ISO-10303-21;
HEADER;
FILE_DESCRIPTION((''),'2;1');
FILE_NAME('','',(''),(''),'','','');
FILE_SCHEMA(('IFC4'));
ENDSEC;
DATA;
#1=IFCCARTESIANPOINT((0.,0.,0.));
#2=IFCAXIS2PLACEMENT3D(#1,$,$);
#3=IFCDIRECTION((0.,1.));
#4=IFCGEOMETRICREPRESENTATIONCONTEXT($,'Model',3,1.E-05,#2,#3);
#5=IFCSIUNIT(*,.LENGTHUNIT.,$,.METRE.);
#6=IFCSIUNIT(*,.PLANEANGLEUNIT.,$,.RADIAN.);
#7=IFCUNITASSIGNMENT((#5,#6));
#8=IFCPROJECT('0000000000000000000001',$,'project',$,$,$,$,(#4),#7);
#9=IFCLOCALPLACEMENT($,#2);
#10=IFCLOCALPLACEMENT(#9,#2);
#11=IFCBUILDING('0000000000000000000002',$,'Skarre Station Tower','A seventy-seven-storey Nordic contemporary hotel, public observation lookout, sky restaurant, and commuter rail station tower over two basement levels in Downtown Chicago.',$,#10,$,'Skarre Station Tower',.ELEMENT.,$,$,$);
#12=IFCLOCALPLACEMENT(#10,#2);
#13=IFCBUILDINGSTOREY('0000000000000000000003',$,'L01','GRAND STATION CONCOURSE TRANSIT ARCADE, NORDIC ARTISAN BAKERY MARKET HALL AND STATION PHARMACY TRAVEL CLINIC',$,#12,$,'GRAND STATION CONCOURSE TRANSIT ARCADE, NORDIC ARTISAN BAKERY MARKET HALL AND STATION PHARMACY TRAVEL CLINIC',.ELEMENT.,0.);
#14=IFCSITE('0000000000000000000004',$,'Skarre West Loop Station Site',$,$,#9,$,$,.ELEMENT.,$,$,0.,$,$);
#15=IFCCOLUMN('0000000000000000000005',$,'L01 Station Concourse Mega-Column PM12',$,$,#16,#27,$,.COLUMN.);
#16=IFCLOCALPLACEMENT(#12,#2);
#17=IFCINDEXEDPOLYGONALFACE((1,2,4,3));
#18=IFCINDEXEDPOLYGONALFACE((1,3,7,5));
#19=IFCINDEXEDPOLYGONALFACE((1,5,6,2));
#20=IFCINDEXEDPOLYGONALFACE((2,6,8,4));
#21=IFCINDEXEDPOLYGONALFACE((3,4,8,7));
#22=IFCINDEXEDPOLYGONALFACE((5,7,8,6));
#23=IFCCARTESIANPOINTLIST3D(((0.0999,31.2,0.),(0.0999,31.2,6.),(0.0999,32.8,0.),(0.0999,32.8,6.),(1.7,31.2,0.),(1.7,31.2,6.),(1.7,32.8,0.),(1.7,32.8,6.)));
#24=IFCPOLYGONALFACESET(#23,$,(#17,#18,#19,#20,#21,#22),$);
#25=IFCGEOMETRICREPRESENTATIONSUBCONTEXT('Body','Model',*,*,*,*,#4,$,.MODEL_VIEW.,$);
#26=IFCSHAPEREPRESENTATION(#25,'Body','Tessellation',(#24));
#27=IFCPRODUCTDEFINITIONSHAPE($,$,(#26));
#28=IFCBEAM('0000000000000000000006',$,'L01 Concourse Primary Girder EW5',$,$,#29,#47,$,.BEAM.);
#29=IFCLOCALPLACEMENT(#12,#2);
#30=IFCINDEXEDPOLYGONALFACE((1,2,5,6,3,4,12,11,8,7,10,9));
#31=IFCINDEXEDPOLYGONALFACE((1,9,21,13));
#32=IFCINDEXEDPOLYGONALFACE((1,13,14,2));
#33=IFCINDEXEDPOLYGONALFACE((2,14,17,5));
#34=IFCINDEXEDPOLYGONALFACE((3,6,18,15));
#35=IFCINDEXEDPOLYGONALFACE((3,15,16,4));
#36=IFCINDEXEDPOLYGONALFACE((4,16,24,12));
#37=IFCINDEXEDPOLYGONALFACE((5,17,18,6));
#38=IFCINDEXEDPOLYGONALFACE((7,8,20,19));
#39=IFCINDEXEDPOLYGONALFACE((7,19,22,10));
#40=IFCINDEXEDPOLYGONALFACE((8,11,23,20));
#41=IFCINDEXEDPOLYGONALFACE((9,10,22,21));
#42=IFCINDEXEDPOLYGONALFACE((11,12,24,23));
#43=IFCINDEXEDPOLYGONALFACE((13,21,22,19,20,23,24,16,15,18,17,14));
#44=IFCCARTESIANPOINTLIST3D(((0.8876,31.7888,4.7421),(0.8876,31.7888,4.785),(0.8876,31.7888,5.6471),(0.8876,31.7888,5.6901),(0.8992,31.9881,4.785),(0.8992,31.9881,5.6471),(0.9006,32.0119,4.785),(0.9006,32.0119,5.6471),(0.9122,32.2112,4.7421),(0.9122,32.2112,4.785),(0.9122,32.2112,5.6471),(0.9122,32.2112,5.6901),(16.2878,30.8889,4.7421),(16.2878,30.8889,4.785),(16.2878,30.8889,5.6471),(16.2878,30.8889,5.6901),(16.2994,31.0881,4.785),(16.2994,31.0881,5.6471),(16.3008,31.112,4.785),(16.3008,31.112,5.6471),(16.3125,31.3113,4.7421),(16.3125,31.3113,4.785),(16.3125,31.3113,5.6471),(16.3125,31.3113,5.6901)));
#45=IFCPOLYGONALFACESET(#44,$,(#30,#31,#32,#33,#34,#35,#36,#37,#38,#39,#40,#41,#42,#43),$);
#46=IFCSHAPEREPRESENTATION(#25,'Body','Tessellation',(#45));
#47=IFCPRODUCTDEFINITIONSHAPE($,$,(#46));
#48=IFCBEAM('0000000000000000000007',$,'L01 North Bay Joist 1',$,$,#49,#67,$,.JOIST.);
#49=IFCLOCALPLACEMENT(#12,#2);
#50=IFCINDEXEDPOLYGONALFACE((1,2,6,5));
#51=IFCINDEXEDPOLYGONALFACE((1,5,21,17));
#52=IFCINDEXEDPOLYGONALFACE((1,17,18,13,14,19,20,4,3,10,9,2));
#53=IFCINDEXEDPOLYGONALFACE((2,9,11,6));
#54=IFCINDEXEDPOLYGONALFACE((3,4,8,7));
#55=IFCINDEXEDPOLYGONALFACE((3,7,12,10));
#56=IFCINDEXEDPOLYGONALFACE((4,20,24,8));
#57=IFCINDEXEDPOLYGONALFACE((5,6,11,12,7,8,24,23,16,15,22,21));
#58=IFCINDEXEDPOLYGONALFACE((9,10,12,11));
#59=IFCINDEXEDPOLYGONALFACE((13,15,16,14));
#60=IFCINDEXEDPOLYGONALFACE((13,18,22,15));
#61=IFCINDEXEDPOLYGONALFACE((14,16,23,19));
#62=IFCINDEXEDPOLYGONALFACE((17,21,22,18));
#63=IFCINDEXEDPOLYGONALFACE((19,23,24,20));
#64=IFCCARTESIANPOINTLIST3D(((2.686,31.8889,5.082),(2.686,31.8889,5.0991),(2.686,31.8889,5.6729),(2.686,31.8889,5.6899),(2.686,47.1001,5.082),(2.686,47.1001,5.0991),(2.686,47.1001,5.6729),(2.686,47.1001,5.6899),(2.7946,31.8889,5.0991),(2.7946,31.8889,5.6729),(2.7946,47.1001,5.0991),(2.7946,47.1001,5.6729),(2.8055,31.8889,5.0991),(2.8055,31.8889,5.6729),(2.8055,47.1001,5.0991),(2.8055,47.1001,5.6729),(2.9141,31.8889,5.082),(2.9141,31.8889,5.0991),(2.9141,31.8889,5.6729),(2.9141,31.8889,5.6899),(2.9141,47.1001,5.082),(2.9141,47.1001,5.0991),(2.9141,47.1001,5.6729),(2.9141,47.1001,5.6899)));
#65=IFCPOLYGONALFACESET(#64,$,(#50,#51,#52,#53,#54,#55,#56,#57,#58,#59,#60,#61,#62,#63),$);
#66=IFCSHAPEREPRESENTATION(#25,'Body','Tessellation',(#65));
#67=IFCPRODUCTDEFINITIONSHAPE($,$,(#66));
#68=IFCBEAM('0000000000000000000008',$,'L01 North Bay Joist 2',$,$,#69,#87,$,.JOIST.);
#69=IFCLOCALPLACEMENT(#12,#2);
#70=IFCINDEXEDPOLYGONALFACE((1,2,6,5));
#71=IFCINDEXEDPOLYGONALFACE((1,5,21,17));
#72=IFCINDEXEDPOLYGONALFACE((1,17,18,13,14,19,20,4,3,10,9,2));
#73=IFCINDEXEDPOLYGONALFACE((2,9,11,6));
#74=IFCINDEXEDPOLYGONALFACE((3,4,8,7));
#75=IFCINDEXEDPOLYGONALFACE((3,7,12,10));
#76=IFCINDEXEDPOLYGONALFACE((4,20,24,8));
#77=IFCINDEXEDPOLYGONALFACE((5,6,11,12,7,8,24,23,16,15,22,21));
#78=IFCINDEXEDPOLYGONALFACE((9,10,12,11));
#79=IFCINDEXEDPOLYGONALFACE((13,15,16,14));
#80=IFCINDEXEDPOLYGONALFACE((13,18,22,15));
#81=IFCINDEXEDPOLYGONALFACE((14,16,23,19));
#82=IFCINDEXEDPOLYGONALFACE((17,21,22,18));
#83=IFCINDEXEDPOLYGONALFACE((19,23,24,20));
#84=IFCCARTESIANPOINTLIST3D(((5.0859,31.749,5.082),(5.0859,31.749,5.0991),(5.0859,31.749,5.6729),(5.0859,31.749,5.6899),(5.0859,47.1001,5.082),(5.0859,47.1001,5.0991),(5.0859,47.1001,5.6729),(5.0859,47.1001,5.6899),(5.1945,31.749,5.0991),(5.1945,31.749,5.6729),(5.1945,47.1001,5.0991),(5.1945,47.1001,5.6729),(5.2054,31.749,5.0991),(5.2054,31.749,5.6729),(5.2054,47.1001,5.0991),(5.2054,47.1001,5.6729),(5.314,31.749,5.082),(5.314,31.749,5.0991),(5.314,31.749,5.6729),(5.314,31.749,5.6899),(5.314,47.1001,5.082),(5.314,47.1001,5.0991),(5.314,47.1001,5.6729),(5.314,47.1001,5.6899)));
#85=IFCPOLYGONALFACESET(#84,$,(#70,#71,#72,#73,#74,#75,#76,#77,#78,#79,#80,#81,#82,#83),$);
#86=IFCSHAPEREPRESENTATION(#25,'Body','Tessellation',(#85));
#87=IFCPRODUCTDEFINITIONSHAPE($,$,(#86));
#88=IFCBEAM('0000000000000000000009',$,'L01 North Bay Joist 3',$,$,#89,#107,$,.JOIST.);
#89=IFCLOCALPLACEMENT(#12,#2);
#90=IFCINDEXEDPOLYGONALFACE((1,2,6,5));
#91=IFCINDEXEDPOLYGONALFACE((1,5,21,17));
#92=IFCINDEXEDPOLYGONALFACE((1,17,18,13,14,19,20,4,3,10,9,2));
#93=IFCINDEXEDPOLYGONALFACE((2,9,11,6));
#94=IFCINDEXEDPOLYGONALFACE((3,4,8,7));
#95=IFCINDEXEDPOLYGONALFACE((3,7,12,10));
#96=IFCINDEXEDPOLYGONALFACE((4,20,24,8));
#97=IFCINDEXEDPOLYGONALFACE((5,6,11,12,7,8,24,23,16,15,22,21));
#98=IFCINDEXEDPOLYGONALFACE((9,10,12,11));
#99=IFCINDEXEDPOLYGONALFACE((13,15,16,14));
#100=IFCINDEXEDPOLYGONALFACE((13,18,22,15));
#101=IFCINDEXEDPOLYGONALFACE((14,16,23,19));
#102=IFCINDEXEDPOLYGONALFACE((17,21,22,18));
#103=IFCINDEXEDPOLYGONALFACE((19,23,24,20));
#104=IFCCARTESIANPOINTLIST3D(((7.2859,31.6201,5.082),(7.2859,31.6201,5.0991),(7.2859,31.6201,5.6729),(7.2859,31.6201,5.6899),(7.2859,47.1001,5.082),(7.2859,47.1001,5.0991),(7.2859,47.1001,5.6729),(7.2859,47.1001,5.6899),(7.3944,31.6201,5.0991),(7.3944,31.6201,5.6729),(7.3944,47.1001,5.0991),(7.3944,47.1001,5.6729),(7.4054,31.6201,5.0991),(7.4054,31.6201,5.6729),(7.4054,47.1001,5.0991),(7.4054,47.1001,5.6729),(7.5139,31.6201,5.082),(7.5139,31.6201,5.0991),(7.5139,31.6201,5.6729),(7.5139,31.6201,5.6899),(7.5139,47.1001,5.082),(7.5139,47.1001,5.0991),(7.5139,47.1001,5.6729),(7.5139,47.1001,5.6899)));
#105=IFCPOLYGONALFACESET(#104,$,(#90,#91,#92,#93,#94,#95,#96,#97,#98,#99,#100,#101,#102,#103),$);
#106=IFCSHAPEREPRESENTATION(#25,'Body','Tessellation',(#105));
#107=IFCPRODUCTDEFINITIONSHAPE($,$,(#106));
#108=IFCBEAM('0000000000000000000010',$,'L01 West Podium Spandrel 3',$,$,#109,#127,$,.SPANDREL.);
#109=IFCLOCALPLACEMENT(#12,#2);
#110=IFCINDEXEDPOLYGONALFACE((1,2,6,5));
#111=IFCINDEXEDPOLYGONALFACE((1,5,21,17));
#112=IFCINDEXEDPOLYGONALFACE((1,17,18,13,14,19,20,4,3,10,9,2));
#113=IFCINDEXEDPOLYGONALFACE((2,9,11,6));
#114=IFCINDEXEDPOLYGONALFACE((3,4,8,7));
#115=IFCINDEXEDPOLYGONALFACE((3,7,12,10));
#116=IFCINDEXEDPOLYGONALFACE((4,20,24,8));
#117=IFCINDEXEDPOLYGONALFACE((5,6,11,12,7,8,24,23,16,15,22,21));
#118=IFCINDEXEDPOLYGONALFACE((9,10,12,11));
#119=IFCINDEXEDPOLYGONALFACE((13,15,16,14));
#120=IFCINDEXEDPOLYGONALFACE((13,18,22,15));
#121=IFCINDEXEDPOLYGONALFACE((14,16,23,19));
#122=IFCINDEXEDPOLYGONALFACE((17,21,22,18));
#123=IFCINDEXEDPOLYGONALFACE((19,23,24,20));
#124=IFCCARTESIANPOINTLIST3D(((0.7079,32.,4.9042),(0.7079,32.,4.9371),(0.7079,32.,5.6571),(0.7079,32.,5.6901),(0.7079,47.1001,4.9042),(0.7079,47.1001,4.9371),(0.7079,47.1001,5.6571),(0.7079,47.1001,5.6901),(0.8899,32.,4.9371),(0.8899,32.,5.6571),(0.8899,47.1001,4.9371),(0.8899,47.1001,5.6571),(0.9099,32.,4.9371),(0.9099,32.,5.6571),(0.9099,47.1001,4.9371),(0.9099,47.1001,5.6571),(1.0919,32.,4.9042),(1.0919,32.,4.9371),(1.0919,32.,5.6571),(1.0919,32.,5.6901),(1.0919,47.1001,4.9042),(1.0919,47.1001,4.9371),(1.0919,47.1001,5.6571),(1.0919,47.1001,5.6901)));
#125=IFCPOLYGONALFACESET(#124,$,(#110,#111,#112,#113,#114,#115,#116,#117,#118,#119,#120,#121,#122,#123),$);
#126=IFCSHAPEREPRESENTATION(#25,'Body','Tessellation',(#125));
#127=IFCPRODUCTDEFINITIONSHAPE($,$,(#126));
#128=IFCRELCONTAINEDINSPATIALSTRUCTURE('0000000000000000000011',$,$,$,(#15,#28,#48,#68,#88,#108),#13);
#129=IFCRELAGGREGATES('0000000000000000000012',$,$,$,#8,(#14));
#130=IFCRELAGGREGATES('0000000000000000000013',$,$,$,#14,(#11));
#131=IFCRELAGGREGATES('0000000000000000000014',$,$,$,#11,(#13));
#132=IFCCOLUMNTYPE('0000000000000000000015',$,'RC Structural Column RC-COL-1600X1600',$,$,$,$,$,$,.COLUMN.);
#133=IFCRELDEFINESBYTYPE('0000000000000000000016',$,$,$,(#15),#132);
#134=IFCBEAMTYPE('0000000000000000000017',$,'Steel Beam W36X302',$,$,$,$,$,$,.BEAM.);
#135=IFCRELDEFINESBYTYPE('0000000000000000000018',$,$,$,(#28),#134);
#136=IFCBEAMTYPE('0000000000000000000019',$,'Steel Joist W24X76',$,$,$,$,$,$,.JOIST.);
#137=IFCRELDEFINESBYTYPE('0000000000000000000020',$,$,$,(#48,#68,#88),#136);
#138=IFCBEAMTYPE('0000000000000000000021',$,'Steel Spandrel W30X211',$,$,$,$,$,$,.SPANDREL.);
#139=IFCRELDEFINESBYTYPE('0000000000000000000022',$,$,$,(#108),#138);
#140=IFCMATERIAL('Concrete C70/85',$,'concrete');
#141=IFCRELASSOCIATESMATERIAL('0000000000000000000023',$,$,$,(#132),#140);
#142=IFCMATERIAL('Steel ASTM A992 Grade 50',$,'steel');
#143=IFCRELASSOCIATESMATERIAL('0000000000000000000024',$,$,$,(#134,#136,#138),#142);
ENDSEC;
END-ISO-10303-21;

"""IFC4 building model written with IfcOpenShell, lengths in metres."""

from ifc_helpers import new_model, si_unit, direction, frame, origin, origin_2d, place, context, subcontext, project, spatial, rectangle, i_section, extrude, material, material_profile, profile_set, type_object, element, save


model = new_model("IFC4")

# Units and contexts
model_context = context("Model", 3, precision=1e-05, world=origin(), true_north=direction((0.0, 1.0)))
body_context = subcontext(model_context, "Body", "Model", "MODEL_VIEW")
ifc_project = project(units=[si_unit("LENGTHUNIT", "METRE"), si_unit("PLANEANGLEUNIT", "RADIAN")], contexts=[model_context])

# Site, building, storey
site_placement = place(None, origin())
site = spatial("IfcSite", under=ifc_project, at=site_placement, Name="Skarre West Loop Station Site", CompositionType="ELEMENT", RefElevation=0.0)
building_placement = place(site_placement, origin())
building = spatial("IfcBuilding", under=site, at=building_placement, Name="Skarre Station Tower", Description="A seventy-seven-storey Nordic contemporary hotel, public observation lookout, sky restaurant, and commuter rail station tower over two basement levels in Downtown Chicago.", LongName="Skarre Station Tower", CompositionType="ELEMENT")
storey_placement = place(building_placement, origin())
storey = spatial("IfcBuildingStorey", under=building, at=storey_placement, Name="L01", Description="GRAND STATION CONCOURSE TRANSIT ARCADE, NORDIC ARTISAN BAKERY MARKET HALL AND STATION PHARMACY TRAVEL CLINIC", LongName="GRAND STATION CONCOURSE TRANSIT ARCADE, NORDIC ARTISAN BAKERY MARKET HALL AND STATION PHARMACY TRAVEL CLINIC", CompositionType="ELEMENT", Elevation=0.0)

# Column
ifc_material_1 = material(Name="Concrete C70/85", Category="concrete")
ifc_material_profile_1 = material_profile(ifc_material_1, rectangle(XDim=1.6001, YDim=1.6001, at=origin_2d()), Name="Concrete C70/85")
ifc_profile_set_1 = profile_set([ifc_material_profile_1], Name="Concrete C70/85")
column_type = type_object("IfcColumnType", Name="RC Structural Column RC-COL-1600X1600", PredefinedType="COLUMN", material=ifc_profile_set_1)
column_placement = place(storey_placement, frame((0.8999, 32.0, 0.0), z_axis=(0.0, 0.0, 1.0), x_axis=(1.0, 0.0, 0.0)))
element("IfcColumn", 1, at=column_placement, inside=storey, type_object=column_type, Name="L01 Station Concourse Mega-Column PM12", PredefinedType="COLUMN", context=body_context, shape_type="SweptSolid", body=[
    extrude(rectangle(XDim=1.6001, YDim=1.6001, at=origin_2d()), origin(), (0.0, 0.0, 1.0), 6.0),
])

# Beams
ifc_material_2 = material(Name="Steel ASTM A992 Grade 50", Category="steel")
ifc_material_profile_2 = material_profile(ifc_material_2, i_section(OverallWidth=0.4231, OverallDepth=0.948, WebThickness=0.0239, FlangeThickness=0.043, at=origin_2d()), Name="Steel ASTM A992 Grade 50")
ifc_profile_set_2 = profile_set([ifc_material_profile_2], Name="Steel ASTM A992 Grade 50")
beam_type_1 = type_object("IfcBeamType", Name="Steel Beam W36X302", PredefinedType="BEAM", material=ifc_profile_set_2)
beam_1_placement = place(storey_placement, frame((0.8999, 32.0, 5.2161), z_axis=(0.998297, -0.058335, 0.0), x_axis=(0.058335, 0.998297, 0.0)))
element("IfcBeam", 2, at=beam_1_placement, inside=storey, type_object=beam_type_1, Name="L01 Concourse Primary Girder EW5", PredefinedType="BEAM", context=body_context, shape_type="SweptSolid", body=[
    extrude(i_section(OverallWidth=0.4231, OverallDepth=0.948, WebThickness=0.0239, FlangeThickness=0.043, at=origin_2d()), origin(), (0.0, 0.0, 1.0), 15.4265),
])
ifc_material_profile_3 = material_profile(ifc_material_2, i_section(OverallWidth=0.228, OverallDepth=0.6079, WebThickness=0.011, FlangeThickness=0.0171, at=origin_2d()), Name="Steel ASTM A992 Grade 50")
ifc_profile_set_3 = profile_set([ifc_material_profile_3], Name="Steel ASTM A992 Grade 50")
beam_type_2 = type_object("IfcBeamType", Name="Steel Joist W24X76", PredefinedType="JOIST", material=ifc_profile_set_3)
beam_2_placement = place(storey_placement, frame((2.8, 31.8889, 5.386), z_axis=(0.0, 1.0, 0.0), x_axis=(-1.0, 0.0, 0.0)))
element("IfcBeam", 3, at=beam_2_placement, inside=storey, type_object=beam_type_2, Name="L01 North Bay Joist 1", PredefinedType="JOIST", context=body_context, shape_type="SweptSolid", body=[
    extrude(i_section(OverallWidth=0.228, OverallDepth=0.6079, WebThickness=0.011, FlangeThickness=0.0171, at=origin_2d()), origin(), (0.0, 0.0, 1.0), 15.2112),
])
beam_3_placement = place(storey_placement, frame((5.2, 31.749, 5.386), z_axis=(0.0, 1.0, 0.0), x_axis=(-1.0, 0.0, 0.0)))
element("IfcBeam", 4, at=beam_3_placement, inside=storey, type_object=beam_type_2, Name="L01 North Bay Joist 2", PredefinedType="JOIST", context=body_context, shape_type="SweptSolid", body=[
    extrude(i_section(OverallWidth=0.228, OverallDepth=0.6079, WebThickness=0.011, FlangeThickness=0.0171, at=origin_2d()), origin(), (0.0, 0.0, 1.0), 15.3511),
])
beam_4_placement = place(storey_placement, frame((7.3999, 31.6201, 5.386), z_axis=(0.0, 1.0, 0.0), x_axis=(-1.0, 0.0, 0.0)))
element("IfcBeam", 5, at=beam_4_placement, inside=storey, type_object=beam_type_2, Name="L01 North Bay Joist 3", PredefinedType="JOIST", context=body_context, shape_type="SweptSolid", body=[
    extrude(i_section(OverallWidth=0.228, OverallDepth=0.6079, WebThickness=0.011, FlangeThickness=0.0171, at=origin_2d()), origin(), (0.0, 0.0, 1.0), 15.48),
])
ifc_material_profile_4 = material_profile(ifc_material_2, i_section(OverallWidth=0.384, OverallDepth=0.7859, WebThickness=0.02, FlangeThickness=0.033, at=origin_2d()), Name="Steel ASTM A992 Grade 50")
ifc_profile_set_4 = profile_set([ifc_material_profile_4], Name="Steel ASTM A992 Grade 50")
beam_type_3 = type_object("IfcBeamType", Name="Steel Spandrel W30X211", PredefinedType="SPANDREL", material=ifc_profile_set_4)
beam_5_placement = place(storey_placement, frame((0.8999, 32.0, 5.2971), z_axis=(0.0, 1.0, 0.0), x_axis=(-1.0, 0.0, 0.0)))
element("IfcBeam", 6, at=beam_5_placement, inside=storey, type_object=beam_type_3, Name="L01 West Podium Spandrel 3", PredefinedType="SPANDREL", context=body_context, shape_type="SweptSolid", body=[
    extrude(i_section(OverallWidth=0.384, OverallDepth=0.7859, WebThickness=0.02, FlangeThickness=0.033, at=origin_2d()), origin(), (0.0, 0.0, 1.0), 15.1001),
])

save(model, "model.ifc")
